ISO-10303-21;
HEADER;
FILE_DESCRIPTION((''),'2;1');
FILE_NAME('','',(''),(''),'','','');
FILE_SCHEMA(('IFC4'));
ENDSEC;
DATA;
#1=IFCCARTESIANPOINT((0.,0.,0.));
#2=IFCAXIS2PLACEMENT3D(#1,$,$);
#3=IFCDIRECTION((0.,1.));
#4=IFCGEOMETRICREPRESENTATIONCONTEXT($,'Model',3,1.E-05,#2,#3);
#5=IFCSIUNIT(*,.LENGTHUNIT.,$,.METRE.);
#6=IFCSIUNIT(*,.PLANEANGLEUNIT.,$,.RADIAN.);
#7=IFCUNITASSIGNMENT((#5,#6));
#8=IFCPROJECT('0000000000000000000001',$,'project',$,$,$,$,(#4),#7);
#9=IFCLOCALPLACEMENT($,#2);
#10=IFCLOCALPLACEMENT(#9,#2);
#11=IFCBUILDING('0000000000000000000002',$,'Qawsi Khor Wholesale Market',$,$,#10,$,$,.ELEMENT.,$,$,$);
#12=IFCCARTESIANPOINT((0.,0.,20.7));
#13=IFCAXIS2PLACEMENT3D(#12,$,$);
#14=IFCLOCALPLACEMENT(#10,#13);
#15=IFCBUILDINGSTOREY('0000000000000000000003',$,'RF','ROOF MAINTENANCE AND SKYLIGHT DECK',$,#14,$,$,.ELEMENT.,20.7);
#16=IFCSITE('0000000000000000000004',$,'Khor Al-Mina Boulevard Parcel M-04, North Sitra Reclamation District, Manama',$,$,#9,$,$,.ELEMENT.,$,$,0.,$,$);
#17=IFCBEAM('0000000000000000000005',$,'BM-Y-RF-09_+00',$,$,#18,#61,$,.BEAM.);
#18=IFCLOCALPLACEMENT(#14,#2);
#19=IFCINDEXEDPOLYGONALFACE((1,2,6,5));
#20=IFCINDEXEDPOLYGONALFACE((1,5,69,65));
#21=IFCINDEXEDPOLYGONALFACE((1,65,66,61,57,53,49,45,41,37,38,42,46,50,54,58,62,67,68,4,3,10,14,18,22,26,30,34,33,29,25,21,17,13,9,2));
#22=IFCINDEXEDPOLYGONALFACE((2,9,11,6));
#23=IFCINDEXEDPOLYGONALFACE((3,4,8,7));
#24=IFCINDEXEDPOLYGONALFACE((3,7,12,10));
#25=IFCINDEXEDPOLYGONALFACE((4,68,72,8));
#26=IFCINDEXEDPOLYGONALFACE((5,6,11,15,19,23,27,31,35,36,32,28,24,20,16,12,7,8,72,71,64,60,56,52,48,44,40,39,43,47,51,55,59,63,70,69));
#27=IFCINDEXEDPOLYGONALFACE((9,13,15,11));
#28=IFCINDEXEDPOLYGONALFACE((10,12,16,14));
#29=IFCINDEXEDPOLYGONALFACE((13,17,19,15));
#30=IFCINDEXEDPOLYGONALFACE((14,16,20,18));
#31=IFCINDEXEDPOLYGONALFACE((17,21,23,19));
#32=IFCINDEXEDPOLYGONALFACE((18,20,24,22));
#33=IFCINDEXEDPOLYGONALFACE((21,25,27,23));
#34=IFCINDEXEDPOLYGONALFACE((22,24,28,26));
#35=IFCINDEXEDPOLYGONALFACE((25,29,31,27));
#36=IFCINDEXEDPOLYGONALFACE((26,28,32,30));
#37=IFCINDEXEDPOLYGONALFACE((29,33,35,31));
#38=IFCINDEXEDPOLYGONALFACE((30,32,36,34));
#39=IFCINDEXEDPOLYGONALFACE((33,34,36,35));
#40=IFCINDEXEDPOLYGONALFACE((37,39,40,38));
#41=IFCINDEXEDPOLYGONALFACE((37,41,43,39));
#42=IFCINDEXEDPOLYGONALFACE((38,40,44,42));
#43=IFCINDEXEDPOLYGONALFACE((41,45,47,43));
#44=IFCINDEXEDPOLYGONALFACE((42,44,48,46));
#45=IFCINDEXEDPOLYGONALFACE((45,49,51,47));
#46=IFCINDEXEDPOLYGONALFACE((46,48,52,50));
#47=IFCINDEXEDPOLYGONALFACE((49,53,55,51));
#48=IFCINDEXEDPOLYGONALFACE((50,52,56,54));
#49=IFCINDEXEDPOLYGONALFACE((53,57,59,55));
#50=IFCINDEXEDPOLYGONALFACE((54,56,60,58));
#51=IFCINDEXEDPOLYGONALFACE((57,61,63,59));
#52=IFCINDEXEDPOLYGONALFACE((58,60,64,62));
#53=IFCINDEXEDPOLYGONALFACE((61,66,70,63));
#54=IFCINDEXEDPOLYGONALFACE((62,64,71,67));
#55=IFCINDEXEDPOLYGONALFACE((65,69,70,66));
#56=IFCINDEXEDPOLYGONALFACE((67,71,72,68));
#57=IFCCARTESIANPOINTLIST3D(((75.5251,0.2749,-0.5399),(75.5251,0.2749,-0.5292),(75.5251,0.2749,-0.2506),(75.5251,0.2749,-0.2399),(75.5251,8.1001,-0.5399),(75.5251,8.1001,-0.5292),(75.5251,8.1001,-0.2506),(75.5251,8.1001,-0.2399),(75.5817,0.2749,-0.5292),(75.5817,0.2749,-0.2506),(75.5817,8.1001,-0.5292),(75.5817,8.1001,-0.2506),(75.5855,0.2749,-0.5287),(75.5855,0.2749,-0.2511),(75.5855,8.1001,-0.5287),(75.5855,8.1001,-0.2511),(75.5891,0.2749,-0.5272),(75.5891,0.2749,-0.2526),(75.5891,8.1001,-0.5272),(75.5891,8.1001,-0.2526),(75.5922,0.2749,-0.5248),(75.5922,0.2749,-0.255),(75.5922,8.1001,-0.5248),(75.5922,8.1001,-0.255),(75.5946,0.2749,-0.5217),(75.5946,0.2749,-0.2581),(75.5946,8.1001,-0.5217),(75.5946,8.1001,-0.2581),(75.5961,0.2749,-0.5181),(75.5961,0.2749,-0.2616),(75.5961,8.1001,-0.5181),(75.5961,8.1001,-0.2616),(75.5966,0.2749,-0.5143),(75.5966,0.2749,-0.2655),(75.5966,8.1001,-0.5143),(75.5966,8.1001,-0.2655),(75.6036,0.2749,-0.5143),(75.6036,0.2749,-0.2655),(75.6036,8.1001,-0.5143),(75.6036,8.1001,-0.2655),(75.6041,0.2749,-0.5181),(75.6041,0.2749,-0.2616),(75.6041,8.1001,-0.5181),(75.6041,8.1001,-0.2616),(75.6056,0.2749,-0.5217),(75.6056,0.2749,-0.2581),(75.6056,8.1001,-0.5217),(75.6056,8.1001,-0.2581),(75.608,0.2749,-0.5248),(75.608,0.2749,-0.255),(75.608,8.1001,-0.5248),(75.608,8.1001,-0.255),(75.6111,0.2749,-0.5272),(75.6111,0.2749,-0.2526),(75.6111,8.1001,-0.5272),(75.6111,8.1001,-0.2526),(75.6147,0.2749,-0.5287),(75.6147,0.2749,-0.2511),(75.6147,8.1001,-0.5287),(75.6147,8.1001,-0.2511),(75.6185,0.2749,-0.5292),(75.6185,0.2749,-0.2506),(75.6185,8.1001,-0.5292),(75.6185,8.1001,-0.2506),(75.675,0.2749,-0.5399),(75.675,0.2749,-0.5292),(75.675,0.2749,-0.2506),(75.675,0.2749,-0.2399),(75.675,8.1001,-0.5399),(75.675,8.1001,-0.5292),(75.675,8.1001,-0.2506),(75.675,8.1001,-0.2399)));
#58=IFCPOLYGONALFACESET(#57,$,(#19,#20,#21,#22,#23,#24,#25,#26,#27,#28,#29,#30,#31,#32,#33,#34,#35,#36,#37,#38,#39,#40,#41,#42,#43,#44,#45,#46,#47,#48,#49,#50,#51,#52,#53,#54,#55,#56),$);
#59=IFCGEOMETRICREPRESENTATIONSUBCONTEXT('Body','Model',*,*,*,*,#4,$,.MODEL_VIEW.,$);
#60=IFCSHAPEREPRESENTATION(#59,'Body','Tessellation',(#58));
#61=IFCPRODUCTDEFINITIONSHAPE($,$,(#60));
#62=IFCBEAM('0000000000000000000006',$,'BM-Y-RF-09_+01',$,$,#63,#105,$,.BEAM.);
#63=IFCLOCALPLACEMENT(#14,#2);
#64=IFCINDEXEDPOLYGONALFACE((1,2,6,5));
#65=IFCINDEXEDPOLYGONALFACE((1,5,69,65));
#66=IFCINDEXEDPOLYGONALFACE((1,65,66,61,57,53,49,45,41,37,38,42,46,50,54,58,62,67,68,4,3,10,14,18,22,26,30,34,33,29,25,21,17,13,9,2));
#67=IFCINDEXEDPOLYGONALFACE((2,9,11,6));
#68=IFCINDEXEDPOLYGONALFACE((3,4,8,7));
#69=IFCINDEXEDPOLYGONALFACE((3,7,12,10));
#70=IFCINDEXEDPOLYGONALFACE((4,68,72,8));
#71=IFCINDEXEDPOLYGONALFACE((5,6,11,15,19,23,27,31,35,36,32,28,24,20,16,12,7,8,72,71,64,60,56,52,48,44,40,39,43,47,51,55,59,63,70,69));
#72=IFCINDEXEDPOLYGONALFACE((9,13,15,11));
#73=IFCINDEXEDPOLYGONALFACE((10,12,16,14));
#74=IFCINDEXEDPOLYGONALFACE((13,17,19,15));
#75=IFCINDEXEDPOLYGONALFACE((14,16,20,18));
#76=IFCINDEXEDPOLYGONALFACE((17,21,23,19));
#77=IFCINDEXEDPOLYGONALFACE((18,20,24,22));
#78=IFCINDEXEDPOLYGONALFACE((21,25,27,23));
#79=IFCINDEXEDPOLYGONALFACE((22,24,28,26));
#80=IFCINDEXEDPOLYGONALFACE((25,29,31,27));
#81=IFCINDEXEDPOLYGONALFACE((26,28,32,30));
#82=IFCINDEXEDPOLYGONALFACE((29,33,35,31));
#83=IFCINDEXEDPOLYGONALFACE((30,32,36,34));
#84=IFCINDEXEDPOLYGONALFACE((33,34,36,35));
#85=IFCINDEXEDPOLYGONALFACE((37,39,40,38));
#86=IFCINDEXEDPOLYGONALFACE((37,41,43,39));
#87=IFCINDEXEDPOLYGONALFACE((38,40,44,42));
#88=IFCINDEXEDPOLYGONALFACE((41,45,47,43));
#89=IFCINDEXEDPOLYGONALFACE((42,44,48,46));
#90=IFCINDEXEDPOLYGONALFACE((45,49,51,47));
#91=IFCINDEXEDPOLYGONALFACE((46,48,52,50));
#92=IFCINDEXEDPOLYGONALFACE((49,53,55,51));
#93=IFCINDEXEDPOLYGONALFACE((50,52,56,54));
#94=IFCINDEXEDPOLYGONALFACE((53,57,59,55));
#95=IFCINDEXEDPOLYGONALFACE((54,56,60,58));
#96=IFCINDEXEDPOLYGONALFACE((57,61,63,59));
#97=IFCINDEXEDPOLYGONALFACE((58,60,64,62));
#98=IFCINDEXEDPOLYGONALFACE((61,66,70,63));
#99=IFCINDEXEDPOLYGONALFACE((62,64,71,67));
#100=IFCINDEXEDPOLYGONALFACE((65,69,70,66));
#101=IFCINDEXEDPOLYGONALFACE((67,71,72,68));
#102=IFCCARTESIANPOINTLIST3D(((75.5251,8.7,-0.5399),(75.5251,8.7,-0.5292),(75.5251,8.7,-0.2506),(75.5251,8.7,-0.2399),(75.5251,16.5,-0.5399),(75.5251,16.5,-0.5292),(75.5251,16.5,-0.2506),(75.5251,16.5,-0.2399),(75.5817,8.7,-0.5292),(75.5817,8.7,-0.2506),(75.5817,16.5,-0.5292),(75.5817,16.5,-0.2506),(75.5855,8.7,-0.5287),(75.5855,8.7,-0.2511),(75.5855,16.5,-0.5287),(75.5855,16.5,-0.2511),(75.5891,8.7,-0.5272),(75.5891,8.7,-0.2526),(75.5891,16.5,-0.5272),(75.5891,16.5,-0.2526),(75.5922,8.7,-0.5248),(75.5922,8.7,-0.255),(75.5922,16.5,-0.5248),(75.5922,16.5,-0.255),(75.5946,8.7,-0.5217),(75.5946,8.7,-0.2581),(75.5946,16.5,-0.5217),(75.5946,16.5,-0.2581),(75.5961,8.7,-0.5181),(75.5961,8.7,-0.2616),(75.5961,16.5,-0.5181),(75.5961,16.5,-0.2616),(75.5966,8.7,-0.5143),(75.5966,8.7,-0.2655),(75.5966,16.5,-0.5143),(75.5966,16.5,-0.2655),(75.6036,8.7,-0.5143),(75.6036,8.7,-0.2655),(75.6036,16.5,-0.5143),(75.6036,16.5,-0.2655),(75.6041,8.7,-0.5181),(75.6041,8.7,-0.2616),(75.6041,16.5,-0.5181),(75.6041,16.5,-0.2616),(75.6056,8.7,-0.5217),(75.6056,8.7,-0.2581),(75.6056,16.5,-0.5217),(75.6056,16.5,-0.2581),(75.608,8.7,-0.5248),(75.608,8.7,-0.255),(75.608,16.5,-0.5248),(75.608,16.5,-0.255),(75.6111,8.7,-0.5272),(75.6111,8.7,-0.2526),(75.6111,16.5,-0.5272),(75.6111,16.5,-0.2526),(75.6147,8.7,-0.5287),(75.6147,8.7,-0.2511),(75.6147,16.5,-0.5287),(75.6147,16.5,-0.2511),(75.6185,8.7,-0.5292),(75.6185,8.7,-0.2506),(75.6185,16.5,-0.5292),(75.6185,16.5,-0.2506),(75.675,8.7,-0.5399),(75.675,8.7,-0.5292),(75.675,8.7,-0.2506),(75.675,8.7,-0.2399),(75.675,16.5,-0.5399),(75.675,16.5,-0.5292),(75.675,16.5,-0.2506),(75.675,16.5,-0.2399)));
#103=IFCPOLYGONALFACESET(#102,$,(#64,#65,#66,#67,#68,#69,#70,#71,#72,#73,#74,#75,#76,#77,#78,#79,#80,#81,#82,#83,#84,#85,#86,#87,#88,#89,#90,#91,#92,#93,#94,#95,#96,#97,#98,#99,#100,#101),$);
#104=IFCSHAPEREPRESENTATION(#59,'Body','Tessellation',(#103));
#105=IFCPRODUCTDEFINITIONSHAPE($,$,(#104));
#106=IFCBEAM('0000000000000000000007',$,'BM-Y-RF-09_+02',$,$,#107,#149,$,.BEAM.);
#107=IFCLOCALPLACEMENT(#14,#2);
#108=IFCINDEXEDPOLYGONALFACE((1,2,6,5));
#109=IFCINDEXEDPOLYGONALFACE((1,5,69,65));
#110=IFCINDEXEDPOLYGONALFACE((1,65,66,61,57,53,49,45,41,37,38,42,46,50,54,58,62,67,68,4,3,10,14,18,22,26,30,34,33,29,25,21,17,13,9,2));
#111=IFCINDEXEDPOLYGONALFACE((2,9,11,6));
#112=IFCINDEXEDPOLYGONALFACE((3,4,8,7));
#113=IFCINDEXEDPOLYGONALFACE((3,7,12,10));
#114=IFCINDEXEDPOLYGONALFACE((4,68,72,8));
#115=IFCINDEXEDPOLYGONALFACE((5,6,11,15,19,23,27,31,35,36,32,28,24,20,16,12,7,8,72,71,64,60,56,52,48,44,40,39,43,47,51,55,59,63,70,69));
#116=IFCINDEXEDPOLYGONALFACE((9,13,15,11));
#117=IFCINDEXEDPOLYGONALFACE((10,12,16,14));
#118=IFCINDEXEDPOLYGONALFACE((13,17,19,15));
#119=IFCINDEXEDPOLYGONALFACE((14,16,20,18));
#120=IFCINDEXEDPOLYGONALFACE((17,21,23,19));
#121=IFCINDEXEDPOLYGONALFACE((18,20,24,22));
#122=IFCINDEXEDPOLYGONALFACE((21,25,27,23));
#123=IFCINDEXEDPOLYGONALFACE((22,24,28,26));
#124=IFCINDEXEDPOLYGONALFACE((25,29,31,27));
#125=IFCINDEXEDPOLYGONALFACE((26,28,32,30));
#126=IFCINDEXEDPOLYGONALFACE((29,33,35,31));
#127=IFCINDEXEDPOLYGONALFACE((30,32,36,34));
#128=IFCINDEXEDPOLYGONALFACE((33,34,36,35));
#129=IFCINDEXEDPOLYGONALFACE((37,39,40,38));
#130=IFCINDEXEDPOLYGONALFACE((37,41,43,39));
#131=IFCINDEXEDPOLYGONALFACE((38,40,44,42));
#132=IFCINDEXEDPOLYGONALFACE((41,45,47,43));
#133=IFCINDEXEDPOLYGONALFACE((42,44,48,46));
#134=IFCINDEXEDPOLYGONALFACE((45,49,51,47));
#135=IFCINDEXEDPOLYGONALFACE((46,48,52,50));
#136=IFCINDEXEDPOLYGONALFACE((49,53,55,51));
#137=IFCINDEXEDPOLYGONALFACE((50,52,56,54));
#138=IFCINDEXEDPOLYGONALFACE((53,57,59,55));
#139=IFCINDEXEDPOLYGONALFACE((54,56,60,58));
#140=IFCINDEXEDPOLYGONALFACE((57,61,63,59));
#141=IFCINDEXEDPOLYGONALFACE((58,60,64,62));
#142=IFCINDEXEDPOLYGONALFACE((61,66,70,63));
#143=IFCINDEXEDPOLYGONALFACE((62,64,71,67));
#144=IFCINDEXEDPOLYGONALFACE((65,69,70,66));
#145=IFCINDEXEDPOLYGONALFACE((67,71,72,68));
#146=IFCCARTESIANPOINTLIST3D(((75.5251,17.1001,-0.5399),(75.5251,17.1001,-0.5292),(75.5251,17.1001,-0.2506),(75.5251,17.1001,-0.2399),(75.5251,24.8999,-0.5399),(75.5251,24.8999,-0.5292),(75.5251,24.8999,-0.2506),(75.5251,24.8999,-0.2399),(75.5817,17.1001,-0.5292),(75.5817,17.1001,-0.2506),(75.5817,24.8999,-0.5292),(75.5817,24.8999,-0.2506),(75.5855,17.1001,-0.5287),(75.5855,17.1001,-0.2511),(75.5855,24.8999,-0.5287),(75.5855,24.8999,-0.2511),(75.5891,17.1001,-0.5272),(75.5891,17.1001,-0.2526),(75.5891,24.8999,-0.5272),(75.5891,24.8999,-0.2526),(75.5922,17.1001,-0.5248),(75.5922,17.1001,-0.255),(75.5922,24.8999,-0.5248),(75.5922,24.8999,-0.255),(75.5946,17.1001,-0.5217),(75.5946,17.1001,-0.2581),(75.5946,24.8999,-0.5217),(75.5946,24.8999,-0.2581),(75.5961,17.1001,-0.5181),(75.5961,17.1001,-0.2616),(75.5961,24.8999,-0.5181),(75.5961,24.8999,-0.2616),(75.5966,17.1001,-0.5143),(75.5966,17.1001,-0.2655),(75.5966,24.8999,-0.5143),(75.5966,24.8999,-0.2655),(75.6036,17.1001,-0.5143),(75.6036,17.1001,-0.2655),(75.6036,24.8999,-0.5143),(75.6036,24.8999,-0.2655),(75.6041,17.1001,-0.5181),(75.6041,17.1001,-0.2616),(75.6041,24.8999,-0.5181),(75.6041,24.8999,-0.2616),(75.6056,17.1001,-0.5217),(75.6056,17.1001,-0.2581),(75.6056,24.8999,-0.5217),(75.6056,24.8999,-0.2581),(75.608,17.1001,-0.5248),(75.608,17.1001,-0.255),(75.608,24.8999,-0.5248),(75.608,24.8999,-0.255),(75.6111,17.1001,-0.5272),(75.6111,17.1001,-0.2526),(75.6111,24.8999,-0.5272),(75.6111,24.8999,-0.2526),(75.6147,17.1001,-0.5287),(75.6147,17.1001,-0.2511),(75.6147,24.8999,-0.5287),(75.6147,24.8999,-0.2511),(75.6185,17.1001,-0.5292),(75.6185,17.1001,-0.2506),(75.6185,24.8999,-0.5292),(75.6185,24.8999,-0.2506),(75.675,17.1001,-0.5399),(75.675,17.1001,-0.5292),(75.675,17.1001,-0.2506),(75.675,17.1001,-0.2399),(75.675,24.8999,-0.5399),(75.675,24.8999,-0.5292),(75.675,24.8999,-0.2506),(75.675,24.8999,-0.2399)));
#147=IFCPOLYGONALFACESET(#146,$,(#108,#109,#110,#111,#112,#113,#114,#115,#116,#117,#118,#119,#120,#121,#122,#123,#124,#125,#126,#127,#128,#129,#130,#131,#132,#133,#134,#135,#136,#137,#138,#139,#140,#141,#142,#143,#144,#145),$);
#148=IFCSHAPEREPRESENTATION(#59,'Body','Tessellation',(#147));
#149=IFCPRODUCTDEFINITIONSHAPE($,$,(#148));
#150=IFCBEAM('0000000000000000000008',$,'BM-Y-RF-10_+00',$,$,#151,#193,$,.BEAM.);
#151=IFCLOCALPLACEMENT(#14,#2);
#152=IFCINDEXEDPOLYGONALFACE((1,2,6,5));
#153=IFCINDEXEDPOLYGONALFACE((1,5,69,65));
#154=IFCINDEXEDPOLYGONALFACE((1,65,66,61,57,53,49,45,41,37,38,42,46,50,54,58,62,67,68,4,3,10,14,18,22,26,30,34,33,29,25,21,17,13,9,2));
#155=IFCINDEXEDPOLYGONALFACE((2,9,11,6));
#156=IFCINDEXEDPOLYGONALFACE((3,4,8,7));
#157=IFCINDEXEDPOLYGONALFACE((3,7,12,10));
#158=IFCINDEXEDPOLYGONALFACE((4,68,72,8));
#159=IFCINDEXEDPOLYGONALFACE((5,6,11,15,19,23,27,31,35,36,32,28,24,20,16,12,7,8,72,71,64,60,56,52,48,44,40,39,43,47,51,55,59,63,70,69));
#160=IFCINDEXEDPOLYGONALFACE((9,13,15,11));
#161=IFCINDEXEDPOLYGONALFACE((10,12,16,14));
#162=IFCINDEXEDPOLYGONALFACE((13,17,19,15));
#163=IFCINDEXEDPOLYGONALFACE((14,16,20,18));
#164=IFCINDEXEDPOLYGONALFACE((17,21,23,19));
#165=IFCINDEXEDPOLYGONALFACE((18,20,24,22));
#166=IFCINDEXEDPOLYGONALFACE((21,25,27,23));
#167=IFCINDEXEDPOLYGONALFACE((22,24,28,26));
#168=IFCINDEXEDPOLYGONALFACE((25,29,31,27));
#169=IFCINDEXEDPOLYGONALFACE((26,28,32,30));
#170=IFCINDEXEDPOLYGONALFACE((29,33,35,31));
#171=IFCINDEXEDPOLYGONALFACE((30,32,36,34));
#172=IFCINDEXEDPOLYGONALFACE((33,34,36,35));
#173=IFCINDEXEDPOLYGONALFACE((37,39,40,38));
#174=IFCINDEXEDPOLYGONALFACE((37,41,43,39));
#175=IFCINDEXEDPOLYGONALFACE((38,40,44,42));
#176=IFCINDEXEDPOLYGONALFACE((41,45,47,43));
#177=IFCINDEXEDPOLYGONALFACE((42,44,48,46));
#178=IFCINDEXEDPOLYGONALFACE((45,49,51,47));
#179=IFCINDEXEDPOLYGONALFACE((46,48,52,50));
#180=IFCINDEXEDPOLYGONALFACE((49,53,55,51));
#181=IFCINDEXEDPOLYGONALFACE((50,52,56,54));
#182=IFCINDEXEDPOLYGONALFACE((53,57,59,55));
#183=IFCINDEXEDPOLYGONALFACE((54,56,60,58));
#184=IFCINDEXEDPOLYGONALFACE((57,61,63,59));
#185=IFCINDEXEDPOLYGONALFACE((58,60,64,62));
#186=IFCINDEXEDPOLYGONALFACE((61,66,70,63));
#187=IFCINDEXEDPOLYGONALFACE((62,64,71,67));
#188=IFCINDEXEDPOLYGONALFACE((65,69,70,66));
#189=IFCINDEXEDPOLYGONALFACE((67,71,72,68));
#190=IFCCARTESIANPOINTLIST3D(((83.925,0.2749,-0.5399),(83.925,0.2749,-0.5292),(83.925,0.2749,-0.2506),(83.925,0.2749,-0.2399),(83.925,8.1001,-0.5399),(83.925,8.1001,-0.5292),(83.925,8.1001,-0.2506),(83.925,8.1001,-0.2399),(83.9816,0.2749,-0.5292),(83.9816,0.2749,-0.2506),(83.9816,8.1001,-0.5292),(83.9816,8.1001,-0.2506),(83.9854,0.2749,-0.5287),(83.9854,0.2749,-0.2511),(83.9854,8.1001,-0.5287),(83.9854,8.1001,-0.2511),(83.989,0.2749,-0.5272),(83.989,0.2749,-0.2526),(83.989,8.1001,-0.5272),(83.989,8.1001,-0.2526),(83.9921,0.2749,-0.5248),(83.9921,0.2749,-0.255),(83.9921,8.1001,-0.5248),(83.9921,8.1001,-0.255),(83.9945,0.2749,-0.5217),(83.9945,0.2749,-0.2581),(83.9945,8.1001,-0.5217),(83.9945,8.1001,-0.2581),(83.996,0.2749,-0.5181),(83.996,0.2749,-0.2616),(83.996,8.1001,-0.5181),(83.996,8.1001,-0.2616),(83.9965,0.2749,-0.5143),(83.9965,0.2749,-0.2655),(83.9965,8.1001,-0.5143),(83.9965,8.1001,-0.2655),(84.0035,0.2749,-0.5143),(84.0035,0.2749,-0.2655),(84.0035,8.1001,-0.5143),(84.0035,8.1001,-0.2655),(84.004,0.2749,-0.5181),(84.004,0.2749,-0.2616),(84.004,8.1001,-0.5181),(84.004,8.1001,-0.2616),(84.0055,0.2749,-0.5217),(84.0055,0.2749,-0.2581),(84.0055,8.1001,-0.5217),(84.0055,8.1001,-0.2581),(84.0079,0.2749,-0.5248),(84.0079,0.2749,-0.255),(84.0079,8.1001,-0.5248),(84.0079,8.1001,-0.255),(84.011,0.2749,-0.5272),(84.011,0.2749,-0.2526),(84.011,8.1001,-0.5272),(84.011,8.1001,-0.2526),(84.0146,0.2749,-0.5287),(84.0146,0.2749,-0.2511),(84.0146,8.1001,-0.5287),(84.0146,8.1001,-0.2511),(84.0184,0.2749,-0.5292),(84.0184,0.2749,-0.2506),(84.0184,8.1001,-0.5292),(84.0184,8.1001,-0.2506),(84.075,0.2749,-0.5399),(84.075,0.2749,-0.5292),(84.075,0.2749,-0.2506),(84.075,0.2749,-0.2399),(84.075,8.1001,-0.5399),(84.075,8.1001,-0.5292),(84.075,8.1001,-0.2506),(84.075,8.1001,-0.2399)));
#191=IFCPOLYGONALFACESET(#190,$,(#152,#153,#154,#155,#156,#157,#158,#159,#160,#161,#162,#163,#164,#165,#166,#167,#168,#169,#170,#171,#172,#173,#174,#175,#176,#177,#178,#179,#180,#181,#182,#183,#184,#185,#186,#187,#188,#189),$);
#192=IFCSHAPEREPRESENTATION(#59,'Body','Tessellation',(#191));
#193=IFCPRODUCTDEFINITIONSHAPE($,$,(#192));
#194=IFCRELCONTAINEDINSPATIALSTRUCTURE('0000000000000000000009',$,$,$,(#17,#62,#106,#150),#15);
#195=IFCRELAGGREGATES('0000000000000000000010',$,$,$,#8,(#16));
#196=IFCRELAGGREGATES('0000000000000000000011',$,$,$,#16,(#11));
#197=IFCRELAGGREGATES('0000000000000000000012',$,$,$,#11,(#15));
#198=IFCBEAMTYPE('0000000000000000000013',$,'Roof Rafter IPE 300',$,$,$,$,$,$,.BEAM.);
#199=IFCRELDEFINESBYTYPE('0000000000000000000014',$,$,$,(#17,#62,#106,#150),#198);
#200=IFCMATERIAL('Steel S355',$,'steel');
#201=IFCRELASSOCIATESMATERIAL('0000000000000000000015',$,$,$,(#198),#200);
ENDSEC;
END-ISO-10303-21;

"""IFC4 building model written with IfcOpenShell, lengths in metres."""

from ifc_helpers import new_model, si_unit, direction, frame, origin, origin_2d, place, context, subcontext, project, spatial, i_section, extrude, material, material_profile, profile_set, type_object, element, save


model = new_model("IFC4")

# Units and contexts
model_context = context("Model", 3, precision=1e-05, world=origin(), true_north=direction((0.0, 1.0)))
body_context = subcontext(model_context, "Body", "Model", "MODEL_VIEW")
ifc_project = project(units=[si_unit("LENGTHUNIT", "METRE"), si_unit("PLANEANGLEUNIT", "RADIAN")], contexts=[model_context])

# Site, building, storey
site_placement = place(None, origin())
site = spatial("IfcSite", under=ifc_project, at=site_placement, Name="Khor Al-Mina Boulevard Parcel M-04, North Sitra Reclamation District, Manama", CompositionType="ELEMENT", RefElevation=0.0)
building_placement = place(site_placement, origin())
building = spatial("IfcBuilding", under=site, at=building_placement, Name="Qawsi Khor Wholesale Market", CompositionType="ELEMENT")
storey_placement = place(building_placement, frame((0.0, 0.0, 20.7)))
storey = spatial("IfcBuildingStorey", under=building, at=storey_placement, Name="RF", Description="ROOF MAINTENANCE AND SKYLIGHT DECK", CompositionType="ELEMENT", Elevation=20.7)

# Shared definitions
ifc_material_1 = material(Name="Steel S355", Category="steel")

# Beams
ifc_material_profile_1 = material_profile(ifc_material_1, i_section(OverallWidth=0.1499, OverallDepth=0.3, WebThickness=0.0071, FlangeThickness=0.0107, FilletRadius=0.0149, at=origin_2d()), Name="IPE 300")
ifc_profile_set_1 = profile_set([ifc_material_profile_1], Name="Steel S355")
beam_type_1 = type_object("IfcBeamType", Name="Roof Rafter IPE 300", PredefinedType="BEAM", material=ifc_profile_set_1)
beam_1_placement = place(storey_placement, frame((75.6001, 0.2749, -0.3899), z_axis=(0.0, 1.0, 0.0), x_axis=(-1.0, 0.0, 0.0)))
element("IfcBeam", 1, at=beam_1_placement, inside=storey, type_object=beam_type_1, Name="BM-Y-RF-09_+00", PredefinedType="BEAM", context=body_context, shape_type="SweptSolid", body=[
    extrude(i_section(OverallWidth=0.1499, OverallDepth=0.3, WebThickness=0.0071, FlangeThickness=0.0107, FilletRadius=0.0149, at=origin_2d()), origin(), (0.0, 0.0, 1.0), 7.8252),
])
beam_2_placement = place(storey_placement, frame((75.6001, 8.7, -0.3899), z_axis=(0.0, 1.0, 0.0), x_axis=(-1.0, 0.0, 0.0)))
element("IfcBeam", 2, at=beam_2_placement, inside=storey, type_object=beam_type_1, Name="BM-Y-RF-09_+01", PredefinedType="BEAM", context=body_context, shape_type="SweptSolid", body=[
    extrude(i_section(OverallWidth=0.1499, OverallDepth=0.3, WebThickness=0.0071, FlangeThickness=0.0107, FilletRadius=0.0149, at=origin_2d()), origin(), (0.0, 0.0, 1.0), 7.8),
])
beam_3_placement = place(storey_placement, frame((75.6001, 17.1001, -0.3899), z_axis=(0.0, 1.0, 0.0), x_axis=(-1.0, 0.0, 0.0)))
element("IfcBeam", 3, at=beam_3_placement, inside=storey, type_object=beam_type_1, Name="BM-Y-RF-09_+02", PredefinedType="BEAM", context=body_context, shape_type="SweptSolid", body=[
    extrude(i_section(OverallWidth=0.1499, OverallDepth=0.3, WebThickness=0.0071, FlangeThickness=0.0107, FilletRadius=0.0149, at=origin_2d()), origin(), (0.0, 0.0, 1.0), 7.7998),
])
beam_4_placement = place(storey_placement, frame((84.0, 0.2749, -0.3899), z_axis=(0.0, 1.0, 0.0), x_axis=(-1.0, 0.0, 0.0)))
element("IfcBeam", 4, at=beam_4_placement, inside=storey, type_object=beam_type_1, Name="BM-Y-RF-10_+00", PredefinedType="BEAM", context=body_context, shape_type="SweptSolid", body=[
    extrude(i_section(OverallWidth=0.1499, OverallDepth=0.3, WebThickness=0.0071, FlangeThickness=0.0107, FilletRadius=0.0149, at=origin_2d()), origin(), (0.0, 0.0, 1.0), 7.8252),
])

save(model, "model.ifc")
